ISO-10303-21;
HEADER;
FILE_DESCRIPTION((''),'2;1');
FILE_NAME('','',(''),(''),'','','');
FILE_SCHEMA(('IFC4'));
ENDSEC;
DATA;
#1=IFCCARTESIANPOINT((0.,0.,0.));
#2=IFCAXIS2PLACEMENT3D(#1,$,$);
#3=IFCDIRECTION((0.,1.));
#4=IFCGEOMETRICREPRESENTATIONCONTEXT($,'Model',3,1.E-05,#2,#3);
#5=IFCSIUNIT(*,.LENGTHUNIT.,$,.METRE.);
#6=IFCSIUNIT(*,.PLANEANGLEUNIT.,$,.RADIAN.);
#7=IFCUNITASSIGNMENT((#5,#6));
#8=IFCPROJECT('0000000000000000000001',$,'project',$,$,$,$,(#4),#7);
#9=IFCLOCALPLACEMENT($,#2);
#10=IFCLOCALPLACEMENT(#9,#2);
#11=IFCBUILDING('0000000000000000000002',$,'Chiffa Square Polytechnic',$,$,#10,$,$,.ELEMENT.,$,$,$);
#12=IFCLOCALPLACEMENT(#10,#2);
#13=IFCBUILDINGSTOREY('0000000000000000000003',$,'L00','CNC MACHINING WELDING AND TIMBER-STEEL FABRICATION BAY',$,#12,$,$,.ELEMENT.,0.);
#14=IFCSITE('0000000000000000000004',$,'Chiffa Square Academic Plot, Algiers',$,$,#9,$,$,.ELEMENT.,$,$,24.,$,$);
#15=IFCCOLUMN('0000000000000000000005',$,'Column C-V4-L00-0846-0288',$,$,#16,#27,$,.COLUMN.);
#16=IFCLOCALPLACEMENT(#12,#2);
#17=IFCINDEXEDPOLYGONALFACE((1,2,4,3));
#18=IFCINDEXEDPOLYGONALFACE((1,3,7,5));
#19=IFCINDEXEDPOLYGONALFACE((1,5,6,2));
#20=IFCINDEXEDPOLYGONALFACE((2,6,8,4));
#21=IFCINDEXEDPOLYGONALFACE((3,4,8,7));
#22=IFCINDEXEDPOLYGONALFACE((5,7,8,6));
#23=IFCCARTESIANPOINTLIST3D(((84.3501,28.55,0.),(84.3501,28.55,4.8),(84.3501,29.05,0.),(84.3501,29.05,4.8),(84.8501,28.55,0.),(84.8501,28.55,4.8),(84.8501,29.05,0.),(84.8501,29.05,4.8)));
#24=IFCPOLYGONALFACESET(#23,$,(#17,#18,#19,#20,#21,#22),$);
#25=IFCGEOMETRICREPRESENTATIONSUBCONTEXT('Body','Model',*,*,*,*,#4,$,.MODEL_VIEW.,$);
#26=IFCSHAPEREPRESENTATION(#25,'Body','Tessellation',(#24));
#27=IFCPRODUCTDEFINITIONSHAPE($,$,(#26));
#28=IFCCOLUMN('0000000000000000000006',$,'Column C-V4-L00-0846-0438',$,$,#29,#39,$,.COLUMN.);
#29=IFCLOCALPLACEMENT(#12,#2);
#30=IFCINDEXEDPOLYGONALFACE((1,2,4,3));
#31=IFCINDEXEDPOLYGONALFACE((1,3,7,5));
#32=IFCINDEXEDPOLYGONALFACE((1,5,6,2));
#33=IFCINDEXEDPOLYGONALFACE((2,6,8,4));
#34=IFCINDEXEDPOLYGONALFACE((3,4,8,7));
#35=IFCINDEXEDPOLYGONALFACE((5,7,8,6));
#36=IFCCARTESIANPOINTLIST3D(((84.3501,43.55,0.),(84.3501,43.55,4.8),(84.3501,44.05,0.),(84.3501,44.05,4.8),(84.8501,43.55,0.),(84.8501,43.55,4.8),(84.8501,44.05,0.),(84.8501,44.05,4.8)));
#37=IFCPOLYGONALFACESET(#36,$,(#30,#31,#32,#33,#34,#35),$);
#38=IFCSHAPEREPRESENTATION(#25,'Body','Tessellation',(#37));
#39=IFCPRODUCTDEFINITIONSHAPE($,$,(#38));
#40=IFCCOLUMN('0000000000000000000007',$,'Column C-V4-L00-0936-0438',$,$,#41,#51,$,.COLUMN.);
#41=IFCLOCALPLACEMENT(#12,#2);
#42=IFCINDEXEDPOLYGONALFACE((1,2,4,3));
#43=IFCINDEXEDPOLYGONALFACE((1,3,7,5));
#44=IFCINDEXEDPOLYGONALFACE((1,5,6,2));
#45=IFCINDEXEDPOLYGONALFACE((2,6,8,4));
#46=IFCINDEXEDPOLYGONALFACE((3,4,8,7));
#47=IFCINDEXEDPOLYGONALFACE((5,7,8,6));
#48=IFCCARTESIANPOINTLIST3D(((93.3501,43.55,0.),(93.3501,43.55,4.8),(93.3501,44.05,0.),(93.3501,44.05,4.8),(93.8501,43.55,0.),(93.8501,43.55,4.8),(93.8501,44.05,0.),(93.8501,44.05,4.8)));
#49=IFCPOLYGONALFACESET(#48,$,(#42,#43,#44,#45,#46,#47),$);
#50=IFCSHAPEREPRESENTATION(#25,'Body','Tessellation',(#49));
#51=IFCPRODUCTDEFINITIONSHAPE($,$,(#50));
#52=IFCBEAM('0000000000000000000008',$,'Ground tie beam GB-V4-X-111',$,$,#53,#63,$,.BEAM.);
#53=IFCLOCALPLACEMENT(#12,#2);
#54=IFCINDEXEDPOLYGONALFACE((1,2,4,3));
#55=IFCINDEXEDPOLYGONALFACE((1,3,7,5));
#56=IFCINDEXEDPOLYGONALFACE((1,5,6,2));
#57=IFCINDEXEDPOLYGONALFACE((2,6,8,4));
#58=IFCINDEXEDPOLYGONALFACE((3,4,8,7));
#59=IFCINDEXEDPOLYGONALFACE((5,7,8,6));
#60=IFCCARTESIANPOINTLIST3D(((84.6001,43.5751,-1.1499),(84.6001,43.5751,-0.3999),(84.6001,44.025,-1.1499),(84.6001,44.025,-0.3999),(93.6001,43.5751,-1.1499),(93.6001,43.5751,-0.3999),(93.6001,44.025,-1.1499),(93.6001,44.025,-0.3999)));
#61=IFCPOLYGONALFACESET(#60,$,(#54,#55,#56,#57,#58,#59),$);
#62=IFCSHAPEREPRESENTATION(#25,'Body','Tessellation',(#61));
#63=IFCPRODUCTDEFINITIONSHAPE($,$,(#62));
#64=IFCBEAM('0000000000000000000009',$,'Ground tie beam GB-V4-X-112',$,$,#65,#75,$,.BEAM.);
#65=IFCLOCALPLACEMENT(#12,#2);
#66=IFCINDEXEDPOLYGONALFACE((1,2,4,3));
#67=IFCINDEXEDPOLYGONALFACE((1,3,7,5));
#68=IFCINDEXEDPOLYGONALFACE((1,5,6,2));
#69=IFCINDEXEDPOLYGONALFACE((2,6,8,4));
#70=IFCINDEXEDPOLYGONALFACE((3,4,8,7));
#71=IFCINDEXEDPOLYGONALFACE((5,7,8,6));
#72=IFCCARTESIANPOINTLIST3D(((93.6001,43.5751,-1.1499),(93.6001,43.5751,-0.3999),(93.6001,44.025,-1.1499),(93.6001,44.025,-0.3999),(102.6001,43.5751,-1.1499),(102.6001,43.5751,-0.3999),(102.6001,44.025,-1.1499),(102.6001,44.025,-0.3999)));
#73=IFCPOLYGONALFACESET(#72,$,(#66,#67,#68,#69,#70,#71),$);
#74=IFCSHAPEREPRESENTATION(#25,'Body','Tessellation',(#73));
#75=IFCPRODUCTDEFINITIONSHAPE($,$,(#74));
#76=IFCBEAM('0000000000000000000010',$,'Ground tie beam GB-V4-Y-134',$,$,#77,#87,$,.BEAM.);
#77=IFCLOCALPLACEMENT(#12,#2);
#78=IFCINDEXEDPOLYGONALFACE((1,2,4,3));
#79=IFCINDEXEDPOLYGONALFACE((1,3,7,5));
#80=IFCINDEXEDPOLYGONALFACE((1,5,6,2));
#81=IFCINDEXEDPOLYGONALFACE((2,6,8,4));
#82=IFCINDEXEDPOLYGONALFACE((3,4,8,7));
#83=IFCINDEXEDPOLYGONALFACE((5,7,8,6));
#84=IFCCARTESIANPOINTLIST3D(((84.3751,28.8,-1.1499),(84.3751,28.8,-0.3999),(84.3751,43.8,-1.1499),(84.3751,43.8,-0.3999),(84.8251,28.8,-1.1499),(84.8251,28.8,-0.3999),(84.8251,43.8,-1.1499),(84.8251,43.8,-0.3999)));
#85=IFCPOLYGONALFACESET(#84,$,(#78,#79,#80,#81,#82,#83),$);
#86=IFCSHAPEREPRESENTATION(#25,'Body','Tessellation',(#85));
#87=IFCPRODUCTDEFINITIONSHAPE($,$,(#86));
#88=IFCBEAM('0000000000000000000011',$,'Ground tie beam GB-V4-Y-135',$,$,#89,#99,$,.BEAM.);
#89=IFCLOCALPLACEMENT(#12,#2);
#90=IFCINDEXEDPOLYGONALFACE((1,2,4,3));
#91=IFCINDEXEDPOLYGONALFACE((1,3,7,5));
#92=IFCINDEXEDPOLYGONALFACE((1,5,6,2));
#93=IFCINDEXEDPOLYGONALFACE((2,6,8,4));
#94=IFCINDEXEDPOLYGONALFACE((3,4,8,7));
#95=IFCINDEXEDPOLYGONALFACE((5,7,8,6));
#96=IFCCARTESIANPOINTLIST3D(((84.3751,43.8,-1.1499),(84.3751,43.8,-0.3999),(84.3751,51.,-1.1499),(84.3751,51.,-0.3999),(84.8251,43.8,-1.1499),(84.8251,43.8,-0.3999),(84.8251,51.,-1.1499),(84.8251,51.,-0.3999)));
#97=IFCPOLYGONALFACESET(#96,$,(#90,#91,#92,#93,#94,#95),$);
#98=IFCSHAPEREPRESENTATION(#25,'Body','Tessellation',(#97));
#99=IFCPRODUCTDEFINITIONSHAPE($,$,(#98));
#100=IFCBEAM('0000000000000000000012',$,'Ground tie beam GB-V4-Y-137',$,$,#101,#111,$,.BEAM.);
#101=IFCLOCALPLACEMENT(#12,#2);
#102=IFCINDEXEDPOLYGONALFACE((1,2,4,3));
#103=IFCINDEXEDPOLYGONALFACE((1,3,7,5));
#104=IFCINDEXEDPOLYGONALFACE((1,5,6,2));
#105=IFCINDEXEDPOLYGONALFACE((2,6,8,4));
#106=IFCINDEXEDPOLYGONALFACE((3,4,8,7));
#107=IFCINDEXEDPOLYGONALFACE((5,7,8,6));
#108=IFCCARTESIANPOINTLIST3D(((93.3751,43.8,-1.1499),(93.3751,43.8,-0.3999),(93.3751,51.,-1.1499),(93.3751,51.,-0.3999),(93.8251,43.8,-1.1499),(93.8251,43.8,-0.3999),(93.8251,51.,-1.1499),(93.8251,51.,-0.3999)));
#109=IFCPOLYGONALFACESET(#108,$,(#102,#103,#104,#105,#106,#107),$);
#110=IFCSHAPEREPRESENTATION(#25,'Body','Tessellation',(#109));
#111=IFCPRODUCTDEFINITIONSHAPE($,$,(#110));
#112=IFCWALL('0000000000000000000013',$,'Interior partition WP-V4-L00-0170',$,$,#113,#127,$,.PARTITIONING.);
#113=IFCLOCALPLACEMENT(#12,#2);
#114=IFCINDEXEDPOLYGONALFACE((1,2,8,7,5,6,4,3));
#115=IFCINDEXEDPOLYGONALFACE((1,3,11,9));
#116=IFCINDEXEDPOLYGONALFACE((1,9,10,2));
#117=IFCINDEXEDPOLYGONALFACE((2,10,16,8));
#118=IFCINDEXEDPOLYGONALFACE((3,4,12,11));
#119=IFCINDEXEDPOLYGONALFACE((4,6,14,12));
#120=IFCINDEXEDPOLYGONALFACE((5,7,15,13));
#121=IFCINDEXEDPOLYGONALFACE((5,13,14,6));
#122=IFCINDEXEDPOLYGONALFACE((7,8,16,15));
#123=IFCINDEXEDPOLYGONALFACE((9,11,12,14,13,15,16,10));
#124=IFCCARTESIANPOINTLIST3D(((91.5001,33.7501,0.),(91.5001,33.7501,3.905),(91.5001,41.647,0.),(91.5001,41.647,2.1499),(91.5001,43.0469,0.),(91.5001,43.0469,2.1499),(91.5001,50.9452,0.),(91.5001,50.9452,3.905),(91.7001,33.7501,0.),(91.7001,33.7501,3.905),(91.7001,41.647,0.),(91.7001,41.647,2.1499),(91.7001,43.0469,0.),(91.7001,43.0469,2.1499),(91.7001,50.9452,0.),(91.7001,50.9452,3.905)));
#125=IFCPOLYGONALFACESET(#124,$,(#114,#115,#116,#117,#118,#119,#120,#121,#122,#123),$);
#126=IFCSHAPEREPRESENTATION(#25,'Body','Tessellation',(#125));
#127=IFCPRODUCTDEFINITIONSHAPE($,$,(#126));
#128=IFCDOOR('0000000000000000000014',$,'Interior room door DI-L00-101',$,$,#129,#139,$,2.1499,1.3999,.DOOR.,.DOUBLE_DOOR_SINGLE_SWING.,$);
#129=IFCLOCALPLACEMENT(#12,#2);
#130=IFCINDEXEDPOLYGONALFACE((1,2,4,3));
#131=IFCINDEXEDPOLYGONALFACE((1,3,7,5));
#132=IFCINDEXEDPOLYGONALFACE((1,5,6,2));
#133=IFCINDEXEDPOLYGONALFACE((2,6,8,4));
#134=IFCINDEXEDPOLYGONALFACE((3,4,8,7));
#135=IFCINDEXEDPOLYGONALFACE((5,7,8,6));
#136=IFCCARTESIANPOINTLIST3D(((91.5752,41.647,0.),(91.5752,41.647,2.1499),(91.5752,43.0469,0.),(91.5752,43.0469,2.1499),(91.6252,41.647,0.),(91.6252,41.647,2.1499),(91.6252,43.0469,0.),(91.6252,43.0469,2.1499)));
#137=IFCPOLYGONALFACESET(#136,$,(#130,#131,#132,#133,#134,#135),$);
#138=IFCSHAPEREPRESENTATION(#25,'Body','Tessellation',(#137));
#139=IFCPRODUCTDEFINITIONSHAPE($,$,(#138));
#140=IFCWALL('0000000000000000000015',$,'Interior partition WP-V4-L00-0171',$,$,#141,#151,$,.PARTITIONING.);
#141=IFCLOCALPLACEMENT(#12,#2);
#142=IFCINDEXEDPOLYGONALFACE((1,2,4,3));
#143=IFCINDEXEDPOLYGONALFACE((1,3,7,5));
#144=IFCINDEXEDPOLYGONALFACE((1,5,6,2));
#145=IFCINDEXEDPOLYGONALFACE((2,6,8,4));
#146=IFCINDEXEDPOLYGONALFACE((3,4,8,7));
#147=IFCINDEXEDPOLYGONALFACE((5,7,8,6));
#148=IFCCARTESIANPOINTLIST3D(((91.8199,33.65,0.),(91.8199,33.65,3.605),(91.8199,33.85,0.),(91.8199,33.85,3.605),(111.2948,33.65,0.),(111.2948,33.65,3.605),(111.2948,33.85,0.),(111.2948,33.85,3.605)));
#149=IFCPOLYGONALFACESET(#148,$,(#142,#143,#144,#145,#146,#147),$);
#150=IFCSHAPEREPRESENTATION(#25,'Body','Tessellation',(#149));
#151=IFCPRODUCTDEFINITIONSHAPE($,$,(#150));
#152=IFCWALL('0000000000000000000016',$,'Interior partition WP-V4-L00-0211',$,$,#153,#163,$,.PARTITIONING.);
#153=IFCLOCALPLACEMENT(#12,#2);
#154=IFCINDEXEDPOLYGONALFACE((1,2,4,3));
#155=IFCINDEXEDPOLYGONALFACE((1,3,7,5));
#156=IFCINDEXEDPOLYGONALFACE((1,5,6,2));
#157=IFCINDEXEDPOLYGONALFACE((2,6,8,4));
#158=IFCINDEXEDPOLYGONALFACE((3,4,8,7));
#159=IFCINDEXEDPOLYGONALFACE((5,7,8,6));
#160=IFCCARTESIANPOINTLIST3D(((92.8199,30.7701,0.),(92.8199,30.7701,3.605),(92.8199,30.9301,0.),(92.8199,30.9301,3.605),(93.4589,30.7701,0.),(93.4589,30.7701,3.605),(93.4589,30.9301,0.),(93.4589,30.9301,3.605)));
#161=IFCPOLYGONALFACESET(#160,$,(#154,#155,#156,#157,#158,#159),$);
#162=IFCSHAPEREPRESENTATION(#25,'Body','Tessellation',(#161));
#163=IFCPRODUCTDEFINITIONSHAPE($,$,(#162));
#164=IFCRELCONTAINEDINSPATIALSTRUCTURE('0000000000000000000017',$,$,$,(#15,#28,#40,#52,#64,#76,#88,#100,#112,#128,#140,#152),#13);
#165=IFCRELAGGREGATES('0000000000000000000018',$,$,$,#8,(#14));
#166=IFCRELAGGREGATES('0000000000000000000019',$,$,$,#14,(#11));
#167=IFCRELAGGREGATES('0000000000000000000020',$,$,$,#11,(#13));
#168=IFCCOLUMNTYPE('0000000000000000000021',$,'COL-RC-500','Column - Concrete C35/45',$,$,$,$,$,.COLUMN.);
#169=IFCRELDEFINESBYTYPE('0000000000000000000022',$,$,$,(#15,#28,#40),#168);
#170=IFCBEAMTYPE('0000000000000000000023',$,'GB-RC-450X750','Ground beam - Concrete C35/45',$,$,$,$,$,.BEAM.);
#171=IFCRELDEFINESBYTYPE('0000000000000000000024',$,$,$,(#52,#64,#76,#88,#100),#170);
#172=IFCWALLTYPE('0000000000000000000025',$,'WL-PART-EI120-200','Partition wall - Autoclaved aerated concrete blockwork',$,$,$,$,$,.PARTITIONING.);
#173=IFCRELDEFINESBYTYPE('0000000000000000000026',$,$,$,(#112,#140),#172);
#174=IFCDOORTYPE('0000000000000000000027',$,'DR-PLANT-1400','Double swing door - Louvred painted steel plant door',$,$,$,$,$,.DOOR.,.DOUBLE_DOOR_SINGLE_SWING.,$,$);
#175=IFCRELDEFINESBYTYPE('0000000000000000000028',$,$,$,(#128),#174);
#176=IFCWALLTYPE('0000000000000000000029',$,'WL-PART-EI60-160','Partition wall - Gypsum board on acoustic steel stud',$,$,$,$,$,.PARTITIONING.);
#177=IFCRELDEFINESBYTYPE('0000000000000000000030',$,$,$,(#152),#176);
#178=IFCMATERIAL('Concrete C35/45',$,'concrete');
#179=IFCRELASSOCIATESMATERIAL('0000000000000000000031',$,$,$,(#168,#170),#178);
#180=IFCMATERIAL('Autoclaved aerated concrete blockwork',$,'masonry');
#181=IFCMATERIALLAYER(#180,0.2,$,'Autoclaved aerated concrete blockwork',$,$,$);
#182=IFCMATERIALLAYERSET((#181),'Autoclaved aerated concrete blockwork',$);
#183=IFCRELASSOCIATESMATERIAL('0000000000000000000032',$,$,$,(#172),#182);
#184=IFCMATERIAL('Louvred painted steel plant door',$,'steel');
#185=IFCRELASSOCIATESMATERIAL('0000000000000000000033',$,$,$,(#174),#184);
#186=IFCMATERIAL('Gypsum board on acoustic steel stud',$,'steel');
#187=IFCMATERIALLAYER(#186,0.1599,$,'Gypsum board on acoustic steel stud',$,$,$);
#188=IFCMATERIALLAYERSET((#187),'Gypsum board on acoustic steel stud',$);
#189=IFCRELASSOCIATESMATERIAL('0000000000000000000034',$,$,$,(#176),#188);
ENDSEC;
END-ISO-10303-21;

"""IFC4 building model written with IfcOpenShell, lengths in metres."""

from ifc_helpers import new_model, si_unit, direction, frame, frame_2d, origin, origin_2d, place, context, subcontext, project, spatial, rectangle, extrude, material, layer, layer_set, material_profile, profile_set, type_object, element, fill, save


model = new_model("IFC4")

# Units and contexts
model_context = context("Model", 3, precision=1e-05, world=origin(), true_north=direction((0.0, 1.0)))
body_context = subcontext(model_context, "Body", "Model", "MODEL_VIEW")
ifc_project = project(units=[si_unit("LENGTHUNIT", "METRE"), si_unit("PLANEANGLEUNIT", "RADIAN")], contexts=[model_context])

# Site, building, storey
site_placement = place(None, origin())
site = spatial("IfcSite", under=ifc_project, at=site_placement, Name="Chiffa Square Academic Plot, Algiers", CompositionType="ELEMENT", RefElevation=24.0)
building_placement = place(site_placement, origin())
building = spatial("IfcBuilding", under=site, at=building_placement, Name="Chiffa Square Polytechnic", CompositionType="ELEMENT")
storey_placement = place(building_placement, origin())
storey = spatial("IfcBuildingStorey", under=building, at=storey_placement, Name="L00", Description="CNC MACHINING WELDING AND TIMBER-STEEL FABRICATION BAY", CompositionType="ELEMENT", Elevation=0.0)

# Columns
ifc_material_1 = material(Name="Concrete C35/45", Category="concrete")
ifc_material_profile_1 = material_profile(ifc_material_1, rectangle(XDim=0.5, YDim=0.5, at=origin_2d()), Name="RC 500x500")
ifc_profile_set_1 = profile_set([ifc_material_profile_1], Name="Concrete C35/45")
column_type = type_object("IfcColumnType", Name="COL-RC-500", Description="Column - Concrete C35/45", PredefinedType="COLUMN", material=ifc_profile_set_1)
for number, where, z_axis, x_axis, name in (
    (1, (84.6001, 28.8, 0.0), (0.0, 0.0, 1.0), (1.0, 0.0, 0.0), "Column C-V4-L00-0846-0288"),
    (2, (84.6001, 43.8, 0.0), (0.0, 0.0, 1.0), (1.0, 0.0, 0.0), "Column C-V4-L00-0846-0438"),
    (3, (93.6001, 43.8, 0.0), (0.0, 0.0, 1.0), (1.0, 0.0, 0.0), "Column C-V4-L00-0936-0438"),
):
    element("IfcColumn", number, at=place(storey_placement, frame(where, z_axis=z_axis, x_axis=x_axis)), inside=storey, type_object=column_type, Name=name, PredefinedType="COLUMN", context=body_context, shape_type="SweptSolid", body=[
        extrude(rectangle(XDim=0.5, YDim=0.5, at=origin_2d()), origin(), (0.0, 0.0, 1.0), 4.8),
    ])

# Beams
ifc_material_profile_2 = material_profile(ifc_material_1, rectangle(XDim=0.45, YDim=0.75, at=origin_2d()), Name="RC 450x750")
ifc_profile_set_2 = profile_set([ifc_material_profile_2], Name="Concrete C35/45")
beam_type = type_object("IfcBeamType", Name="GB-RC-450X750", Description="Ground beam - Concrete C35/45", PredefinedType="BEAM", material=ifc_profile_set_2)
for number, where, z_axis, x_axis, name in (
    (4, (84.6001, 43.8, -0.7749), (1.0, 0.0, 0.0), (0.0, 1.0, 0.0), "Ground tie beam GB-V4-X-111"),
    (5, (93.6001, 43.8, -0.7749), (1.0, 0.0, 0.0), (0.0, 1.0, 0.0), "Ground tie beam GB-V4-X-112"),
):
    element("IfcBeam", number, at=place(storey_placement, frame(where, z_axis=z_axis, x_axis=x_axis)), inside=storey, type_object=beam_type, Name=name, PredefinedType="BEAM", context=body_context, shape_type="SweptSolid", body=[
        extrude(rectangle(XDim=0.45, YDim=0.75, at=origin_2d()), origin(), (0.0, 0.0, 1.0), 9.0),
    ])
beam_placement = place(storey_placement, frame((84.6001, 28.8, -0.7749), z_axis=(0.0, 1.0, 0.0), x_axis=(-1.0, 0.0, 0.0)))
element("IfcBeam", 6, at=beam_placement, inside=storey, type_object=beam_type, Name="Ground tie beam GB-V4-Y-134", PredefinedType="BEAM", context=body_context, shape_type="SweptSolid", body=[
    extrude(rectangle(XDim=0.45, YDim=0.75, at=origin_2d()), origin(), (0.0, 0.0, 1.0), 15.0),
])
for number, where, z_axis, x_axis, name in (
    (7, (84.6001, 43.8, -0.7749), (0.0, 1.0, 0.0), (-1.0, 0.0, 0.0), "Ground tie beam GB-V4-Y-135"),
    (8, (93.6001, 43.8, -0.7749), (0.0, 1.0, 0.0), (-1.0, 0.0, 0.0), "Ground tie beam GB-V4-Y-137"),
):
    element("IfcBeam", number, at=place(storey_placement, frame(where, z_axis=z_axis, x_axis=x_axis)), inside=storey, type_object=beam_type, Name=name, PredefinedType="BEAM", context=body_context, shape_type="SweptSolid", body=[
        extrude(rectangle(XDim=0.45, YDim=0.75, at=origin_2d()), origin(), (0.0, 0.0, 1.0), 7.2),
    ])

# Wall, opening, door
ifc_material_2 = material(Name="Autoclaved aerated concrete blockwork", Category="masonry")
ifc_layer_1 = layer(ifc_material_2, 0.2, Name="Autoclaved aerated concrete blockwork")
ifc_layer_set_1 = layer_set([ifc_layer_1], Name="Autoclaved aerated concrete blockwork")
wall_type_1 = type_object("IfcWallType", Name="WL-PART-EI120-200", Description="Partition wall - Autoclaved aerated concrete blockwork", PredefinedType="PARTITIONING", material=ifc_layer_set_1)
wall_1_placement = place(storey_placement, frame((91.6001, 33.75, 0.0), z_axis=(0.0, 0.0, 1.0), x_axis=(0.0, 1.0, 0.0)))
wall_1 = element("IfcWall", 9, at=wall_1_placement, inside=storey, type_object=wall_type_1, Name="Interior partition WP-V4-L00-0170", PredefinedType="PARTITIONING", context=body_context, shape_type="SweptSolid", body=[
    extrude(rectangle(XDim=17.1951, YDim=0.2, at=frame_2d((8.5977, 0.0))), origin(), (0.0, 0.0, 1.0), 3.905),
])
opening_1_placement = place(wall_1_placement, frame((7.897, 0.0, 0.0)))
opening_1 = element("IfcOpeningElement", 10, at=opening_1_placement, cuts=wall_1, PredefinedType="OPENING", context=body_context, shape_type="SweptSolid", body=[
    extrude(rectangle(XDim=1.3999, YDim=2.1499, at=frame_2d((0.7, 1.075))), frame((0.0, 0.1099, 0.0), z_axis=(0.0, -1.0, 0.0), x_axis=(1.0, 0.0, 0.0)), (0.0, 0.0, 1.0), 0.22),
])
ifc_material_3 = material(Name="Louvred painted steel plant door", Category="steel")
door_type_1 = type_object("IfcDoorType", Name="DR-PLANT-1400", Description="Double swing door - Louvred painted steel plant door", OperationType="DOUBLE_DOOR_SINGLE_SWING", PredefinedType="DOOR", material=ifc_material_3)
door_1_placement = place(opening_1_placement, origin())
door_1 = element("IfcDoor", 11, at=door_1_placement, inside=storey, type_object=door_type_1, Name="Interior room door DI-L00-101", OperationType="DOUBLE_DOOR_SINGLE_SWING", OverallHeight=2.1499, OverallWidth=1.3999, PredefinedType="DOOR", context=body_context, shape_type="SweptSolid", body=[
    extrude(rectangle(XDim=1.3999, YDim=2.1499, at=frame_2d((0.7, 1.075))), frame((0.0, 0.0249, 0.0), z_axis=(0.0, -1.0, 0.0), x_axis=(1.0, 0.0, 0.0)), (0.0, 0.0, 1.0), 0.05),
])
fill(opening_1, door_1)

# Walls
wall_2_placement = place(storey_placement, frame((91.8201, 33.75, 0.0), z_axis=(0.0, 0.0, 1.0), x_axis=(1.0, 0.0, 0.0)))
element("IfcWall", 12, at=wall_2_placement, inside=storey, type_object=wall_type_1, Name="Interior partition WP-V4-L00-0171", PredefinedType="PARTITIONING", context=body_context, shape_type="SweptSolid", body=[
    extrude(rectangle(XDim=19.4749, YDim=0.2, at=frame_2d((9.7373, 0.0))), origin(), (0.0, 0.0, 1.0), 3.605),
])
ifc_material_4 = material(Name="Gypsum board on acoustic steel stud", Category="steel")
ifc_layer_2 = layer(ifc_material_4, 0.1599, Name="Gypsum board on acoustic steel stud")
ifc_layer_set_2 = layer_set([ifc_layer_2], Name="Gypsum board on acoustic steel stud")
wall_type_2 = type_object("IfcWallType", Name="WL-PART-EI60-160", Description="Partition wall - Gypsum board on acoustic steel stud", PredefinedType="PARTITIONING", material=ifc_layer_set_2)
wall_3_placement = place(storey_placement, frame((92.8201, 30.8501, 0.0), z_axis=(0.0, 0.0, 1.0), x_axis=(1.0, 0.0, 0.0)))
element("IfcWall", 13, at=wall_3_placement, inside=storey, type_object=wall_type_2, Name="Interior partition WP-V4-L00-0211", PredefinedType="PARTITIONING", context=body_context, shape_type="SweptSolid", body=[
    extrude(rectangle(XDim=0.6389, YDim=0.1599, at=frame_2d((0.3193, 0.0))), origin(), (0.0, 0.0, 1.0), 3.605),
])

save(model, "model.ifc")
